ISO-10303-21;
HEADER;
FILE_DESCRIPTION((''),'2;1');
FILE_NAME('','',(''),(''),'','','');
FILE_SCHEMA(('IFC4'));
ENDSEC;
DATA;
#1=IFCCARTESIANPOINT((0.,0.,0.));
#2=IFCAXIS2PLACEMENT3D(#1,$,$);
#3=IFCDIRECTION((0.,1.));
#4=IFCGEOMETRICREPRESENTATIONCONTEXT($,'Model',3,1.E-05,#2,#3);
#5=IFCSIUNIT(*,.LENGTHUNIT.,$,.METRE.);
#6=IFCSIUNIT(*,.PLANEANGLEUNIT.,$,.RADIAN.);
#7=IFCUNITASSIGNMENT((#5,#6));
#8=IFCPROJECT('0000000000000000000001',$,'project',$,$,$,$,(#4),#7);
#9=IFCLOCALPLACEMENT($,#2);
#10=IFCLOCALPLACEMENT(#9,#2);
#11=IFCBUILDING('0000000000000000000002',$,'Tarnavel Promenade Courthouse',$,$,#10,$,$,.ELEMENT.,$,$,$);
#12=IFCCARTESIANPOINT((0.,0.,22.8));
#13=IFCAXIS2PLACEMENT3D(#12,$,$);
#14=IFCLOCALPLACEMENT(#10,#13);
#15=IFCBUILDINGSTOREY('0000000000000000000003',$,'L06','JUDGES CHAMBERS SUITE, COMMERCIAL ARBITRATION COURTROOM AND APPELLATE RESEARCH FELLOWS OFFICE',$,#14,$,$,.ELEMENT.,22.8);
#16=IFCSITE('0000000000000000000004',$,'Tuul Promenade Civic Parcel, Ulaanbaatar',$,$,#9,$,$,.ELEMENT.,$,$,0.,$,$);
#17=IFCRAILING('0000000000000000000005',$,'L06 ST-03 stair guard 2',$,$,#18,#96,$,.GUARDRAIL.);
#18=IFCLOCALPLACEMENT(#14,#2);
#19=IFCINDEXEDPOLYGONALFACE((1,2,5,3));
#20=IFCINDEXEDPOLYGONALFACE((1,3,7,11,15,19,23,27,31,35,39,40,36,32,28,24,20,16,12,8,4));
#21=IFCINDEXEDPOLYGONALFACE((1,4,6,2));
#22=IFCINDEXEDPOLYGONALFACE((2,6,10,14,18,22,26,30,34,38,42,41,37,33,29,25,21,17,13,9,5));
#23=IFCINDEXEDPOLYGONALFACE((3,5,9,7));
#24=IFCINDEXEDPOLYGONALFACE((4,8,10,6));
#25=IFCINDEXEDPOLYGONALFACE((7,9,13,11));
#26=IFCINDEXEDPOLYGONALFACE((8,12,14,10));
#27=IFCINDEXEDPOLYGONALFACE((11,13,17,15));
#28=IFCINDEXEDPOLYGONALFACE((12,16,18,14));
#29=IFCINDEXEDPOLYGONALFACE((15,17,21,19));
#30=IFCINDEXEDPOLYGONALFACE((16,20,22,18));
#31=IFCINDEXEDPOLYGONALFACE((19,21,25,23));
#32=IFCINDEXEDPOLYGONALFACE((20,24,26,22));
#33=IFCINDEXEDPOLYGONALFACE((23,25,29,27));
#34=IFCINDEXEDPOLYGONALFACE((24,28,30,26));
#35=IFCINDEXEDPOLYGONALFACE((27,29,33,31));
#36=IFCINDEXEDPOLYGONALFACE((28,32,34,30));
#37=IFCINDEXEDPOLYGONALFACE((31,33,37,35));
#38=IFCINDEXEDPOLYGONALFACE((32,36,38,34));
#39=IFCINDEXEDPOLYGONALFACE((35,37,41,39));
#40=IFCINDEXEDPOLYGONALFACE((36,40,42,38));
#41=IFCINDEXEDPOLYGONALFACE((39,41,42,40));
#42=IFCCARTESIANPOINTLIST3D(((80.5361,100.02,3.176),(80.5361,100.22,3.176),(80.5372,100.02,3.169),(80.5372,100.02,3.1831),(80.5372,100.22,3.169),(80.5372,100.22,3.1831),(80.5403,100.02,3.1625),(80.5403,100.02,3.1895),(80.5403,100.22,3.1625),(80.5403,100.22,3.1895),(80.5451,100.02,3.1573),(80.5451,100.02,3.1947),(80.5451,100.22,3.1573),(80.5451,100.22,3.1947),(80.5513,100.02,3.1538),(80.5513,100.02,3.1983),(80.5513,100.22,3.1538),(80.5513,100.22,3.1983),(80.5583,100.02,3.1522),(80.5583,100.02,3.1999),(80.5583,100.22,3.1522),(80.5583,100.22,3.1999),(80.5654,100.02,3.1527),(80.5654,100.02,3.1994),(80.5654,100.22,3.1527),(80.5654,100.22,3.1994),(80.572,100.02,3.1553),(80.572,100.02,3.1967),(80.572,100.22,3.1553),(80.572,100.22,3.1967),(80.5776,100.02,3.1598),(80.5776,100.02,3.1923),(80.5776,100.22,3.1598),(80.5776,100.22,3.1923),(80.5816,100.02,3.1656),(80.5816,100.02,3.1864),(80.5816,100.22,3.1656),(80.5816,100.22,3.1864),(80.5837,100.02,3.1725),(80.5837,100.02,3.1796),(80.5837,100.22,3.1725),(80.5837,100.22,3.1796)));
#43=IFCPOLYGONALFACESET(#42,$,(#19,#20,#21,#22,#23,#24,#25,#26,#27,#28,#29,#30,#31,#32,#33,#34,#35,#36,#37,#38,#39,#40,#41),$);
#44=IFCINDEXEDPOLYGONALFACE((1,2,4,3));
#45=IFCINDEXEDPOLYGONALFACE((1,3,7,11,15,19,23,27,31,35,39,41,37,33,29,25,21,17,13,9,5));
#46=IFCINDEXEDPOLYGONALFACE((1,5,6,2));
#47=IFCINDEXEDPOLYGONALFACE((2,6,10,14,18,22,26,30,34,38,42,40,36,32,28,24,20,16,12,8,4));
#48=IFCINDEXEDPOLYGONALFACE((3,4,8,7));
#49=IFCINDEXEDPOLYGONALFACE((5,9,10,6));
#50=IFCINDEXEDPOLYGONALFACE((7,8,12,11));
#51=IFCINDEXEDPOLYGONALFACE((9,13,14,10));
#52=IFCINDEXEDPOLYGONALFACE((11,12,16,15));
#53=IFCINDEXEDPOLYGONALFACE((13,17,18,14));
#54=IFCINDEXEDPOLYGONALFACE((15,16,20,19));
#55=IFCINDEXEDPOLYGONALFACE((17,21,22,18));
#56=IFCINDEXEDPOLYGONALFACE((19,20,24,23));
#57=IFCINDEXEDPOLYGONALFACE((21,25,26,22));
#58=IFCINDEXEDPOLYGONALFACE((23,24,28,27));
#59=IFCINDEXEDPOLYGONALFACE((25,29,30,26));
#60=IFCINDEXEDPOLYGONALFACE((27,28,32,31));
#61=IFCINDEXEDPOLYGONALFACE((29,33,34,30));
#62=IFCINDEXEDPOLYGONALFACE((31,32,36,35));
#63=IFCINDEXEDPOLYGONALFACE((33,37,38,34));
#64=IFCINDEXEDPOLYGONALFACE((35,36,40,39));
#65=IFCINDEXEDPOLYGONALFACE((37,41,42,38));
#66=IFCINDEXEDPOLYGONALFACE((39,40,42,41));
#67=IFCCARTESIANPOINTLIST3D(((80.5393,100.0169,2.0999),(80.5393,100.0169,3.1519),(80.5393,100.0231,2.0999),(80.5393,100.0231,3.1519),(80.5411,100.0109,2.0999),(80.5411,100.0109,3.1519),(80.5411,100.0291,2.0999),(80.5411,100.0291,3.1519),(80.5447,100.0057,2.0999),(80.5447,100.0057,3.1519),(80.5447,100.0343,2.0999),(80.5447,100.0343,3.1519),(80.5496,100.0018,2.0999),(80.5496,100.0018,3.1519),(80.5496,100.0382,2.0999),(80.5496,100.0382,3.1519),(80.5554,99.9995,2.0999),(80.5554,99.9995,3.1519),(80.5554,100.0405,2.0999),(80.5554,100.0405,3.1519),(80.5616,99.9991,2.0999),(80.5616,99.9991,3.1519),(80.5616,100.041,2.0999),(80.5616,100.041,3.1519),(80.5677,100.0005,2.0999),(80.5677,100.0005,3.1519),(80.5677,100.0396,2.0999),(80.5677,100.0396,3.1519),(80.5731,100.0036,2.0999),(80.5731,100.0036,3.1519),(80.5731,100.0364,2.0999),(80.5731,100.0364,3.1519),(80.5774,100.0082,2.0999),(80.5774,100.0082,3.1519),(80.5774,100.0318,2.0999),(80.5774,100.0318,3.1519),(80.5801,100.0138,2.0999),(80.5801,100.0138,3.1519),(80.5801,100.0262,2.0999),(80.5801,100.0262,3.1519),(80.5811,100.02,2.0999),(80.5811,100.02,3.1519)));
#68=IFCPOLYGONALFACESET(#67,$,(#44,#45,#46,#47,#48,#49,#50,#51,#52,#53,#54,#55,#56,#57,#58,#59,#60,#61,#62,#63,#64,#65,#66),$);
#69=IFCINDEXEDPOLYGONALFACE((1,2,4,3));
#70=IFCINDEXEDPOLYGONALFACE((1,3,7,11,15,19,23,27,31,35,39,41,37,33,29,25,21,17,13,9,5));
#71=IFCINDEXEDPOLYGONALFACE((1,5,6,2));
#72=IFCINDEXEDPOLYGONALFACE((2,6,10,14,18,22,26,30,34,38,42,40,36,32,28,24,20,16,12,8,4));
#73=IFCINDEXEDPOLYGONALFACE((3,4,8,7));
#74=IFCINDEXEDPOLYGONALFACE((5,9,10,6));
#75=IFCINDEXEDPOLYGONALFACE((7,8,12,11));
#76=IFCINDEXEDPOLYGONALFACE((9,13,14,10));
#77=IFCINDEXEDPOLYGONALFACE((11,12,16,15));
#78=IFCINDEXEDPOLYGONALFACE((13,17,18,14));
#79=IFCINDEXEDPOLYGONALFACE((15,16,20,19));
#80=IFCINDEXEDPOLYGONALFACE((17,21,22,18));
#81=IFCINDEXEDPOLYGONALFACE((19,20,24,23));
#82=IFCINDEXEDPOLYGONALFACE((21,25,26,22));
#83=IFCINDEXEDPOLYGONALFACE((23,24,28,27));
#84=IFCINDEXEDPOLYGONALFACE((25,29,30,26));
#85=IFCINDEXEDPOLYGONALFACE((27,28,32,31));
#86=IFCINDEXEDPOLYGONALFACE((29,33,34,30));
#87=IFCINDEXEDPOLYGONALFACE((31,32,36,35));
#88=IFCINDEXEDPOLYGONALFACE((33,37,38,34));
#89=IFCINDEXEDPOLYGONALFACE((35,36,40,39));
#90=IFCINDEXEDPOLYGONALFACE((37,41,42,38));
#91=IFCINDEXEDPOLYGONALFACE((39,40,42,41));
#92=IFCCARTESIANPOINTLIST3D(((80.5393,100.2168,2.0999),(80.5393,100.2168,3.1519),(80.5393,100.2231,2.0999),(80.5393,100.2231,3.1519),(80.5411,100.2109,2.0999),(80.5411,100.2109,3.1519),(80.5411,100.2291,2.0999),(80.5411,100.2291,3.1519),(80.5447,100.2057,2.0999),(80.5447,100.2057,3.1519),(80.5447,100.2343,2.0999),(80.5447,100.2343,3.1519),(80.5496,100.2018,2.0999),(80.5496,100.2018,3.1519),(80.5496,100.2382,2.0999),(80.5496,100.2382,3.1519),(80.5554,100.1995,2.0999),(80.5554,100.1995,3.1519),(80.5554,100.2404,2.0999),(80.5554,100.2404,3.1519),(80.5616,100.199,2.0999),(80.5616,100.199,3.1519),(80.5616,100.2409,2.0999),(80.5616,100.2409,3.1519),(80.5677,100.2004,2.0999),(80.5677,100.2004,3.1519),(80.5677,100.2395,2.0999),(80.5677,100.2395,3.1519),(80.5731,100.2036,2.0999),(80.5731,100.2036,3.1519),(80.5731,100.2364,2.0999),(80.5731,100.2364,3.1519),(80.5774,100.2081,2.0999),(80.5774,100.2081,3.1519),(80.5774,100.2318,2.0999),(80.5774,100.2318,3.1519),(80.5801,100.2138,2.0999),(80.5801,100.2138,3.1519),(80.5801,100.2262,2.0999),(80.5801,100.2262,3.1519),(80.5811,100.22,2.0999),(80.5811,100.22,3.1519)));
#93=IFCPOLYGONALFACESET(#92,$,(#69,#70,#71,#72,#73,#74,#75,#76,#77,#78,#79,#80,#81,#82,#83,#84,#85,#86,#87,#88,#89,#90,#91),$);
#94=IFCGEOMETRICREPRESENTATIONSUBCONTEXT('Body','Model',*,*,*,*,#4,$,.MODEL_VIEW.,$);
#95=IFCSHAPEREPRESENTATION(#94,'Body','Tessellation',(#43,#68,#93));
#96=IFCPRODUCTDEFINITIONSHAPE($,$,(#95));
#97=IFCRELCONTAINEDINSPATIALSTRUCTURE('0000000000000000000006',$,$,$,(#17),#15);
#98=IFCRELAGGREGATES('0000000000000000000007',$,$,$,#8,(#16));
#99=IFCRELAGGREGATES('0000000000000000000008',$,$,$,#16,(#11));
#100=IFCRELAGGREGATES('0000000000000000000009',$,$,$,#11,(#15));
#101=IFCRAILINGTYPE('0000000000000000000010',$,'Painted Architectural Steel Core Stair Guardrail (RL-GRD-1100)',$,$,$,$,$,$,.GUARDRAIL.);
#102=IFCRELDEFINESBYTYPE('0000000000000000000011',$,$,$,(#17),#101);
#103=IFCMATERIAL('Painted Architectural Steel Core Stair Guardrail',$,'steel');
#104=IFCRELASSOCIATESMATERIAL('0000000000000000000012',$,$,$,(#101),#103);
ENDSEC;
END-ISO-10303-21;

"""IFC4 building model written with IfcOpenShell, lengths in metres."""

from ifc_helpers import new_model, si_unit, direction, frame, origin, origin_2d, place, context, subcontext, project, spatial, circle, extrude, material, type_object, element, save


model = new_model("IFC4")

# Units and contexts
model_context = context("Model", 3, precision=1e-05, world=origin(), true_north=direction((0.0, 1.0)))
body_context = subcontext(model_context, "Body", "Model", "MODEL_VIEW")
ifc_project = project(units=[si_unit("LENGTHUNIT", "METRE"), si_unit("PLANEANGLEUNIT", "RADIAN")], contexts=[model_context])

# Site, building, storey
site_placement = place(None, origin())
site = spatial("IfcSite", under=ifc_project, at=site_placement, Name="Tuul Promenade Civic Parcel, Ulaanbaatar", CompositionType="ELEMENT", RefElevation=0.0)
building_placement = place(site_placement, origin())
building = spatial("IfcBuilding", under=site, at=building_placement, Name="Tarnavel Promenade Courthouse", CompositionType="ELEMENT")
storey_placement = place(building_placement, frame((0.0, 0.0, 22.8)))
storey = spatial("IfcBuildingStorey", under=building, at=storey_placement, Name="L06", Description="JUDGES CHAMBERS SUITE, COMMERCIAL ARBITRATION COURTROOM AND APPELLATE RESEARCH FELLOWS OFFICE", CompositionType="ELEMENT", Elevation=22.8)

# Railing
ifc_material_1 = material(Name="Painted Architectural Steel Core Stair Guardrail", Category="steel")
railing_type_1 = type_object("IfcRailingType", Name="Painted Architectural Steel Core Stair Guardrail (RL-GRD-1100)", PredefinedType="GUARDRAIL", material=ifc_material_1)
railing_1_placement = place(storey_placement, frame((80.5601, 100.02, 2.0999)))
element("IfcRailing", 1, at=railing_1_placement, inside=storey, type_object=railing_type_1, Name="L06 ST-03 stair guard 2", PredefinedType="GUARDRAIL", context=body_context, shape_type="SweptSolid", body=[
    extrude(circle(Radius=0.0239, at=origin_2d()), frame((0.0, 0.0, 1.0762), z_axis=(0.0, 1.0, 0.0), x_axis=(-1.0, 0.0, 0.0)), (0.0, 0.0, 1.0), 0.2),
    extrude(circle(Radius=0.021, at=origin_2d()), origin(), (0.0, 0.0, 1.0), 1.052),
    extrude(circle(Radius=0.021, at=origin_2d()), frame((0.0, 0.2, 0.0)), (0.0, 0.0, 1.0), 1.052),
])

save(model, "model.ifc")
